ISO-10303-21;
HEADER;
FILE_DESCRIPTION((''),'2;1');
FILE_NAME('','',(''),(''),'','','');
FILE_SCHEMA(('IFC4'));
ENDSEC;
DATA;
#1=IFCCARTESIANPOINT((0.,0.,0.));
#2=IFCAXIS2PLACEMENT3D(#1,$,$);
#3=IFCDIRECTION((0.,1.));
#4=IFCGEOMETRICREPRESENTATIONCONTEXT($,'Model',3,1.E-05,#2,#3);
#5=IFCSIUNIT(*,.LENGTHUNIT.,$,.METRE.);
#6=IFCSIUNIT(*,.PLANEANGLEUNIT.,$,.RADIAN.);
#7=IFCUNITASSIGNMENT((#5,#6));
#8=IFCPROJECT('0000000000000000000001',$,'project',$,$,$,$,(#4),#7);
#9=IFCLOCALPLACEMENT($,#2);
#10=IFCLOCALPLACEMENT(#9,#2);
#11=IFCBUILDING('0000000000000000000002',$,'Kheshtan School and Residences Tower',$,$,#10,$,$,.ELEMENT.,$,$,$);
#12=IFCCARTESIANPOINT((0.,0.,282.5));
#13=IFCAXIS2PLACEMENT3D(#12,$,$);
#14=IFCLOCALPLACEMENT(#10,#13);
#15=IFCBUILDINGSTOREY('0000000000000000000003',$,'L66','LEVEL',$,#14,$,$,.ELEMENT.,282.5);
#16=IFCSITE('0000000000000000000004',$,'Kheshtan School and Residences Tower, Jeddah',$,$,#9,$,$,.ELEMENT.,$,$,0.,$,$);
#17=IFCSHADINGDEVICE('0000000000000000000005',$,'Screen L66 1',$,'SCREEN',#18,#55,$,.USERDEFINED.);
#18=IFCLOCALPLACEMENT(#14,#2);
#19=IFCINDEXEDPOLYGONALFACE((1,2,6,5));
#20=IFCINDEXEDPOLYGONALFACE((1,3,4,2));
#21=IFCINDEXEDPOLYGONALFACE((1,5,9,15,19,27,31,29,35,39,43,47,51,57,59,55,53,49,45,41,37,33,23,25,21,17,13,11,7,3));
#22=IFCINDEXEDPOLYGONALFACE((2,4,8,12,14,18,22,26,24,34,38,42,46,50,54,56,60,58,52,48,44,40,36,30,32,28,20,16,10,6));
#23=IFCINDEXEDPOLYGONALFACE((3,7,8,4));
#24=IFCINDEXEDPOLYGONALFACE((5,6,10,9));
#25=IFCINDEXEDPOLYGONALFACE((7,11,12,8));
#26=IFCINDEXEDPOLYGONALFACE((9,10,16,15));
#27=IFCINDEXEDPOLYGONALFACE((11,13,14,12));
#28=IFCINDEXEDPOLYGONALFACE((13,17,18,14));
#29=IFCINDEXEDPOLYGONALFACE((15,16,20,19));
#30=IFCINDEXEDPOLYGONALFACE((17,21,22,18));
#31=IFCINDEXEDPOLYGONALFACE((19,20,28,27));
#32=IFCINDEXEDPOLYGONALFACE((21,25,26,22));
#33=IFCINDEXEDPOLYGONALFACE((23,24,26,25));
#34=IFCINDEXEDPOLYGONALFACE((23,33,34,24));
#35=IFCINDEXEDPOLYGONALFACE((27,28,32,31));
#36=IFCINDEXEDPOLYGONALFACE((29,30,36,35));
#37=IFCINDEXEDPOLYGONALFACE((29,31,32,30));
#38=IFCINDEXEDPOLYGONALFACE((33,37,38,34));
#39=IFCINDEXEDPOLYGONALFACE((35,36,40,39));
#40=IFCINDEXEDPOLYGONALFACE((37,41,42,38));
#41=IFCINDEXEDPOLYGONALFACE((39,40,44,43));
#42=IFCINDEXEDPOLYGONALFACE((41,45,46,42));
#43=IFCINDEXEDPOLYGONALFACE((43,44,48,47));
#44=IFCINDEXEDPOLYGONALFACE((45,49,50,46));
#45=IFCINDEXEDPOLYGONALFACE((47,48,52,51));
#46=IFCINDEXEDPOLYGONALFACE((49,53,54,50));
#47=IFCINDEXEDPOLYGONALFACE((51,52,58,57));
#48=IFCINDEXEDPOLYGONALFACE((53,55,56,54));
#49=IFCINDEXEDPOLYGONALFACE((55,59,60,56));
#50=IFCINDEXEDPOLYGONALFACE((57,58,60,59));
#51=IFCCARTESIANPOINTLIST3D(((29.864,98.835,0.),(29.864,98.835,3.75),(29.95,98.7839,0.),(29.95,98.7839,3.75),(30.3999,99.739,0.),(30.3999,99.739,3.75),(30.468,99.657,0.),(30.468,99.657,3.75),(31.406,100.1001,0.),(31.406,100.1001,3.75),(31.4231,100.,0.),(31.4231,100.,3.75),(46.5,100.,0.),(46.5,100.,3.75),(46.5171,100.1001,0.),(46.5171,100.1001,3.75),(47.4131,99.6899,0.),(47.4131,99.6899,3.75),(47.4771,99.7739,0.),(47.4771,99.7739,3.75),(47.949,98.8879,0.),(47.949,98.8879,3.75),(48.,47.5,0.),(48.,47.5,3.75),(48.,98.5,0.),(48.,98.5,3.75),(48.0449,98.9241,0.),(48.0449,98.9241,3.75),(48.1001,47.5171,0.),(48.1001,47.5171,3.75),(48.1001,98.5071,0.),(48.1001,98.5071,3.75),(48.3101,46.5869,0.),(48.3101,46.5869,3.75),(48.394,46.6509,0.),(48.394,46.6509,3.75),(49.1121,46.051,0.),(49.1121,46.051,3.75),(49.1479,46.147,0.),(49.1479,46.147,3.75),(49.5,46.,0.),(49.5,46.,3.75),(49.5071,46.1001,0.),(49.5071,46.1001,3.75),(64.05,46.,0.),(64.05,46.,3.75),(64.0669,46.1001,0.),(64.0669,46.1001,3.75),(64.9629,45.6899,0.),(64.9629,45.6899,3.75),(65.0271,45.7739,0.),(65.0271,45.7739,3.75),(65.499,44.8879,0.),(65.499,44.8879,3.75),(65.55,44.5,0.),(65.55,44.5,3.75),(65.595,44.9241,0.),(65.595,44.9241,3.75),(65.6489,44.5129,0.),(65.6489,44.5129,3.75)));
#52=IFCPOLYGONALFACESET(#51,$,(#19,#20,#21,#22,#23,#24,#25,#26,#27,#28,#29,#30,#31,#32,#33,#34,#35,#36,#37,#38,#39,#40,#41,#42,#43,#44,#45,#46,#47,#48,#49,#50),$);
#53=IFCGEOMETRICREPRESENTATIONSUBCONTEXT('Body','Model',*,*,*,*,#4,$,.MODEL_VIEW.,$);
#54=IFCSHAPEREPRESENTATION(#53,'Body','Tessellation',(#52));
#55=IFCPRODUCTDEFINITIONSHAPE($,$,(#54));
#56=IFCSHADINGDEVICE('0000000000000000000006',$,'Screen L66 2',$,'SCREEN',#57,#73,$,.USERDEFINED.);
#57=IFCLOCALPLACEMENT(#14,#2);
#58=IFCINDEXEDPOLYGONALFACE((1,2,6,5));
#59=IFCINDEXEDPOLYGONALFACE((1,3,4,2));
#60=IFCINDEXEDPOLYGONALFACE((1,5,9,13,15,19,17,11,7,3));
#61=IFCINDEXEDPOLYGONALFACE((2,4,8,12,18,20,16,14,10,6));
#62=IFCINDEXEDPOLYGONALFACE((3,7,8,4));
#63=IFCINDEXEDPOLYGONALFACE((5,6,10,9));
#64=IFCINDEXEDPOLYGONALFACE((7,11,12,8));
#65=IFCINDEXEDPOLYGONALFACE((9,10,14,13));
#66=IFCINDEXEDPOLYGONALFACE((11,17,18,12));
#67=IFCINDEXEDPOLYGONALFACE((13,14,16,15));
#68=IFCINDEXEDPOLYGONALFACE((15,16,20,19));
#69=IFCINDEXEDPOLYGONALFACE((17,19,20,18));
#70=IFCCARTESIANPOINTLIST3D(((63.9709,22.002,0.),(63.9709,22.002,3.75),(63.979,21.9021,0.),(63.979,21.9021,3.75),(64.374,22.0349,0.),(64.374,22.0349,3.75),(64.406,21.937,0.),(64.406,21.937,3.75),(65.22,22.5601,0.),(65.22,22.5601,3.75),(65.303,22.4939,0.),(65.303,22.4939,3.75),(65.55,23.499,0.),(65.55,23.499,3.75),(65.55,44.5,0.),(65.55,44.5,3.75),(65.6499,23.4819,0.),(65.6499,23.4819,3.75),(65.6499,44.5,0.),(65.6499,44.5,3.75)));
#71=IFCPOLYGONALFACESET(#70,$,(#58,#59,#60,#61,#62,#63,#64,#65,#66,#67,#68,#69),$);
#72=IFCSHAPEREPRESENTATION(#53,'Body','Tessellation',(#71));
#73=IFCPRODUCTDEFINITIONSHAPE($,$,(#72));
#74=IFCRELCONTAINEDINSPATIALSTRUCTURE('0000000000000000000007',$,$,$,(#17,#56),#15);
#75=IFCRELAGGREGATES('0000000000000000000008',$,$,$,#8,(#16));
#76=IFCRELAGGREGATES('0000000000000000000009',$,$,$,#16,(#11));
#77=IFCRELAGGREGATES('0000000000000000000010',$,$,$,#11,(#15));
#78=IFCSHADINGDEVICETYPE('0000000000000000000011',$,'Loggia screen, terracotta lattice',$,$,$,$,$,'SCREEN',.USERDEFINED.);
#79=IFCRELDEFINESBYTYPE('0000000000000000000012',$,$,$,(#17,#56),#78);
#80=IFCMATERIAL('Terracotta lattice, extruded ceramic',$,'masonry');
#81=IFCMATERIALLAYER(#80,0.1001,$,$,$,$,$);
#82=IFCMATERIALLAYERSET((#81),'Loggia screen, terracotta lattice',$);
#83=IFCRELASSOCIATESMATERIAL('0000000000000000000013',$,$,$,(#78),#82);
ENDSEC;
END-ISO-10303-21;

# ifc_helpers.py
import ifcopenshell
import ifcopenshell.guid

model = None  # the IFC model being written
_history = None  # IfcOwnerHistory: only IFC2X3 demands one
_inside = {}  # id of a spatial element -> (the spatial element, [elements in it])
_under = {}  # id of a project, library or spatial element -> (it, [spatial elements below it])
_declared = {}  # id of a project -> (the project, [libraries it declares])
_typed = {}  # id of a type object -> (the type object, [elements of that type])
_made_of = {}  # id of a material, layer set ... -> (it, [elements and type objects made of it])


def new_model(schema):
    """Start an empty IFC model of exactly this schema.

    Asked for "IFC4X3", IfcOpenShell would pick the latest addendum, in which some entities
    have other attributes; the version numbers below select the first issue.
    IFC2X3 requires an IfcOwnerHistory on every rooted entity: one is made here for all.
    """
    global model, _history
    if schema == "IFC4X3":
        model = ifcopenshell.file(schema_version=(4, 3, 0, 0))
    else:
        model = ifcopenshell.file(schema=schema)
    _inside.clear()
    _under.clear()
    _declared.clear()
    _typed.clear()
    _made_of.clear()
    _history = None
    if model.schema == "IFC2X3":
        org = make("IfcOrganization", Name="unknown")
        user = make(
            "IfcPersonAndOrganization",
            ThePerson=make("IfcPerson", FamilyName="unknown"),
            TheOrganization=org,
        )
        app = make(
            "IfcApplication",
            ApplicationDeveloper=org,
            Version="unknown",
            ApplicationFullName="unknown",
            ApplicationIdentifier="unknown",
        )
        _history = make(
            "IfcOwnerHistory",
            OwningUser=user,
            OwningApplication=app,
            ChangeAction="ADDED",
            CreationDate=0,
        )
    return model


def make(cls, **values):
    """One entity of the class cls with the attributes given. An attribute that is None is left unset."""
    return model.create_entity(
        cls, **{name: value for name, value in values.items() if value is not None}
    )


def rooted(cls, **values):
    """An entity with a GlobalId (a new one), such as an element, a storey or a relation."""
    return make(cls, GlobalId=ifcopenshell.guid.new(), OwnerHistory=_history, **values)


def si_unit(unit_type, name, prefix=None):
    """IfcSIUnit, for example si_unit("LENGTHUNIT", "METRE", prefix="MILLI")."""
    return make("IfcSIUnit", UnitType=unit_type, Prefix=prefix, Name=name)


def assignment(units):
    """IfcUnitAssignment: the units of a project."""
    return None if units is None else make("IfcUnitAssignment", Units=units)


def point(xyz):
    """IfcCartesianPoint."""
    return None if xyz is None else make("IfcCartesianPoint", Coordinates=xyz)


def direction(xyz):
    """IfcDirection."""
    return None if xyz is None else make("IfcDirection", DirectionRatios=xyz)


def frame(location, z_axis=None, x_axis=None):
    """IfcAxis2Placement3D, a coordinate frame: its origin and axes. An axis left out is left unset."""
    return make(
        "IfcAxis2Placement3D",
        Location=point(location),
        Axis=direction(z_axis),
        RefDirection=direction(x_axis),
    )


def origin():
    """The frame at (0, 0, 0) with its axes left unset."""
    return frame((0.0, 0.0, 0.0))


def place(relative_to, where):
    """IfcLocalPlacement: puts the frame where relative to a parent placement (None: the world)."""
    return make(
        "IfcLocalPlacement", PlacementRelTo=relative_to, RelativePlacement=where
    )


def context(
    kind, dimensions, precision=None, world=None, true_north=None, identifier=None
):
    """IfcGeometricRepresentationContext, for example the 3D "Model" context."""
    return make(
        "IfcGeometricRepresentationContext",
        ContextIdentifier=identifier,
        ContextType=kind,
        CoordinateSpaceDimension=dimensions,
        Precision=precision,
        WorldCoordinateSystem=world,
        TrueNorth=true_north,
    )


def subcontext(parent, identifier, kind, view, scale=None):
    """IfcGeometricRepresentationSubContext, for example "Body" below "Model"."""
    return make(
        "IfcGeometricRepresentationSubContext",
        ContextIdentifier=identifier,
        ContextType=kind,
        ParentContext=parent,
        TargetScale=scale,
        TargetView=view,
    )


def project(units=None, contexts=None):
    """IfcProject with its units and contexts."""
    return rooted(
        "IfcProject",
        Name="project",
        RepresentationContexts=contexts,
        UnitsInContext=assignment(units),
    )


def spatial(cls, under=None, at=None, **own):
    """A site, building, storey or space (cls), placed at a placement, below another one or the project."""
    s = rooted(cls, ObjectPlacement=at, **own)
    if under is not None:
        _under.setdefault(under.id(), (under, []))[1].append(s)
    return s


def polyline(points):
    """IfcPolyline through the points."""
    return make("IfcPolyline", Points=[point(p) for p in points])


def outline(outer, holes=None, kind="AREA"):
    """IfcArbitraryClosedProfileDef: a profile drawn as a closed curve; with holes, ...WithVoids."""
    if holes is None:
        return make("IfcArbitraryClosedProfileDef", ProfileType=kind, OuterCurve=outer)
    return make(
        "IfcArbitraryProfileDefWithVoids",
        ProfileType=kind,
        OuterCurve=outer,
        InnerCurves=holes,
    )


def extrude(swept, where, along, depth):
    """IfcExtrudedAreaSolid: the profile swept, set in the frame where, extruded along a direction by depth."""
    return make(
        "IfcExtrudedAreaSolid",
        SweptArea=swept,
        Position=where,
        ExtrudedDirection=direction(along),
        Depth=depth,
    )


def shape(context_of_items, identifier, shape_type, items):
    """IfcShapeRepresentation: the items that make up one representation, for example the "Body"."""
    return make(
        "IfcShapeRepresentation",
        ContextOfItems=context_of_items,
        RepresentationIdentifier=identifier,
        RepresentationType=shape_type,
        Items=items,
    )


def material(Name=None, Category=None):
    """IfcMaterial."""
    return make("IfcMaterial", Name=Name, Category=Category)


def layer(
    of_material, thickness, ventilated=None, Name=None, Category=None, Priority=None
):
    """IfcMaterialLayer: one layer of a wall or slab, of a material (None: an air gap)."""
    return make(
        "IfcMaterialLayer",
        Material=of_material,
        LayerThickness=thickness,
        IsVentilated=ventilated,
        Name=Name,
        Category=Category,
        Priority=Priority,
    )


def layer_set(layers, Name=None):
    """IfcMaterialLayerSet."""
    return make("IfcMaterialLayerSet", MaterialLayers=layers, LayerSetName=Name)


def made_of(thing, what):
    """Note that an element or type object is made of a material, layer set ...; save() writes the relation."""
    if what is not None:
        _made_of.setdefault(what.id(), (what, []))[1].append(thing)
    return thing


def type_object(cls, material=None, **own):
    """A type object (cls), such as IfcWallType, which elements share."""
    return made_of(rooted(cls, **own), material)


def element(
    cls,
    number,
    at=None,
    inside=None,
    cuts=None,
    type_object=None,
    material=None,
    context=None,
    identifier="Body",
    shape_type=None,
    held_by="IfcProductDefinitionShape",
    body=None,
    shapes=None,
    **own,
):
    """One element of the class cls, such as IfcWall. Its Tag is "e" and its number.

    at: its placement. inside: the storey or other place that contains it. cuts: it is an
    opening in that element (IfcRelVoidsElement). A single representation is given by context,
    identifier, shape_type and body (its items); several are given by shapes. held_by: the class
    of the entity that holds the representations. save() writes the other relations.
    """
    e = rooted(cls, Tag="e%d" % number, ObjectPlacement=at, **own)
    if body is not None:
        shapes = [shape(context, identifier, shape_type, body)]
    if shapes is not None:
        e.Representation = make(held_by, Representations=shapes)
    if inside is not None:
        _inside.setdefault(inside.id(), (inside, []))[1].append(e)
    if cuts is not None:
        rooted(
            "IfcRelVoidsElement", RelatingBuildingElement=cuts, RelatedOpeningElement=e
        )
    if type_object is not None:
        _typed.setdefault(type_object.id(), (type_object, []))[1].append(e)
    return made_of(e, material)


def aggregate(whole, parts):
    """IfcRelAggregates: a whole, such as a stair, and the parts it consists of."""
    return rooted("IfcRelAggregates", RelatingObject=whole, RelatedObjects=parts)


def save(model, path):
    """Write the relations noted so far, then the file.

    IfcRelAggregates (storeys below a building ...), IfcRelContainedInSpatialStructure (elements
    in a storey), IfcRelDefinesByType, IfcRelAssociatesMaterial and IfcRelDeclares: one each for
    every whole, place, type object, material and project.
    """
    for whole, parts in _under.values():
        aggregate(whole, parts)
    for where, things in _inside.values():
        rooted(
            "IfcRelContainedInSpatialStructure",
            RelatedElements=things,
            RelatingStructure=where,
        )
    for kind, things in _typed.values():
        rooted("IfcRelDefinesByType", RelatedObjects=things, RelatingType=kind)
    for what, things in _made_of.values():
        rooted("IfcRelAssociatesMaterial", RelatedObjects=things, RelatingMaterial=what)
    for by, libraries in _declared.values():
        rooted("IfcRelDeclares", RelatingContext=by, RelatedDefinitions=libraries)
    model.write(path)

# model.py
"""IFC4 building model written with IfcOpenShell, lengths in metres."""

from ifc_helpers import new_model, si_unit, direction, frame, origin, place, context, subcontext, project, spatial, polyline, outline, extrude, material, layer, layer_set, type_object, element, save


model = new_model("IFC4")

# Units and contexts
model_context = context("Model", 3, precision=1e-05, world=origin(), true_north=direction((0.0, 1.0)))
body_context = subcontext(model_context, "Body", "Model", "MODEL_VIEW")
ifc_project = project(units=[si_unit("LENGTHUNIT", "METRE"), si_unit("PLANEANGLEUNIT", "RADIAN")], contexts=[model_context])

# Site, building, storey
site_placement = place(None, origin())
site = spatial("IfcSite", under=ifc_project, at=site_placement, Name="Kheshtan School and Residences Tower, Jeddah", CompositionType="ELEMENT", RefElevation=0.0)
building_placement = place(site_placement, origin())
building = spatial("IfcBuilding", under=site, at=building_placement, Name="Kheshtan School and Residences Tower", CompositionType="ELEMENT")
storey_placement = place(building_placement, frame((0.0, 0.0, 282.5)))
storey = spatial("IfcBuildingStorey", under=building, at=storey_placement, Name="L66", Description="LEVEL", CompositionType="ELEMENT", Elevation=282.5)

# Shading devices
ifc_material_1 = material(Name="Terracotta lattice, extruded ceramic", Category="masonry")
ifc_layer_1 = layer(ifc_material_1, 0.1001)
ifc_layer_set_1 = layer_set([ifc_layer_1], Name="Loggia screen, terracotta lattice")
shading_device_type_1 = type_object("IfcShadingDeviceType", Name="Loggia screen, terracotta lattice", ElementType="SCREEN", PredefinedType="USERDEFINED", material=ifc_layer_set_1)
shading_device_1_placement = place(storey_placement, origin())
element("IfcShadingDevice", 1, at=shading_device_1_placement, inside=storey, type_object=shading_device_type_1, Name="Screen L66 1", ObjectType="SCREEN", PredefinedType="USERDEFINED", context=body_context, shape_type="SweptSolid", body=[
    extrude(outline(polyline([(29.95, 98.7839), (30.468, 99.657), (31.4231, 100.0), (46.5, 100.0), (47.4131, 99.6899), (47.949, 98.8879), (48.0, 98.5), (48.0, 47.5), (48.3101, 46.5869), (49.1121, 46.051), (49.5, 46.0), (64.05, 46.0), (64.9629, 45.6899), (65.499, 44.8879), (65.55, 44.5), (65.6489, 44.5129), (65.595, 44.9241), (65.0271, 45.7739), (64.0669, 46.1001), (49.5071, 46.1001), (49.1479, 46.147), (48.394, 46.6509), (48.1001, 47.5171), (48.1001, 98.5071), (48.0449, 98.9241), (47.4771, 99.7739), (46.5171, 100.1001), (31.406, 100.1001), (30.3999, 99.739), (29.864, 98.835), (29.95, 98.7839)])), origin(), (0.0, 0.0, 1.0), 3.75),
])
shading_device_2_placement = place(storey_placement, origin())
element("IfcShadingDevice", 2, at=shading_device_2_placement, inside=storey, type_object=shading_device_type_1, Name="Screen L66 2", ObjectType="SCREEN", PredefinedType="USERDEFINED", context=body_context, shape_type="SweptSolid", body=[
    extrude(outline(polyline([(65.55, 44.5), (65.55, 23.499), (65.22, 22.5601), (64.374, 22.0349), (63.9709, 22.002), (63.979, 21.9021), (64.406, 21.937), (65.303, 22.4939), (65.6499, 23.4819), (65.6499, 44.5), (65.55, 44.5)])), origin(), (0.0, 0.0, 1.0), 3.75),
])

save(model, "model.ifc")
